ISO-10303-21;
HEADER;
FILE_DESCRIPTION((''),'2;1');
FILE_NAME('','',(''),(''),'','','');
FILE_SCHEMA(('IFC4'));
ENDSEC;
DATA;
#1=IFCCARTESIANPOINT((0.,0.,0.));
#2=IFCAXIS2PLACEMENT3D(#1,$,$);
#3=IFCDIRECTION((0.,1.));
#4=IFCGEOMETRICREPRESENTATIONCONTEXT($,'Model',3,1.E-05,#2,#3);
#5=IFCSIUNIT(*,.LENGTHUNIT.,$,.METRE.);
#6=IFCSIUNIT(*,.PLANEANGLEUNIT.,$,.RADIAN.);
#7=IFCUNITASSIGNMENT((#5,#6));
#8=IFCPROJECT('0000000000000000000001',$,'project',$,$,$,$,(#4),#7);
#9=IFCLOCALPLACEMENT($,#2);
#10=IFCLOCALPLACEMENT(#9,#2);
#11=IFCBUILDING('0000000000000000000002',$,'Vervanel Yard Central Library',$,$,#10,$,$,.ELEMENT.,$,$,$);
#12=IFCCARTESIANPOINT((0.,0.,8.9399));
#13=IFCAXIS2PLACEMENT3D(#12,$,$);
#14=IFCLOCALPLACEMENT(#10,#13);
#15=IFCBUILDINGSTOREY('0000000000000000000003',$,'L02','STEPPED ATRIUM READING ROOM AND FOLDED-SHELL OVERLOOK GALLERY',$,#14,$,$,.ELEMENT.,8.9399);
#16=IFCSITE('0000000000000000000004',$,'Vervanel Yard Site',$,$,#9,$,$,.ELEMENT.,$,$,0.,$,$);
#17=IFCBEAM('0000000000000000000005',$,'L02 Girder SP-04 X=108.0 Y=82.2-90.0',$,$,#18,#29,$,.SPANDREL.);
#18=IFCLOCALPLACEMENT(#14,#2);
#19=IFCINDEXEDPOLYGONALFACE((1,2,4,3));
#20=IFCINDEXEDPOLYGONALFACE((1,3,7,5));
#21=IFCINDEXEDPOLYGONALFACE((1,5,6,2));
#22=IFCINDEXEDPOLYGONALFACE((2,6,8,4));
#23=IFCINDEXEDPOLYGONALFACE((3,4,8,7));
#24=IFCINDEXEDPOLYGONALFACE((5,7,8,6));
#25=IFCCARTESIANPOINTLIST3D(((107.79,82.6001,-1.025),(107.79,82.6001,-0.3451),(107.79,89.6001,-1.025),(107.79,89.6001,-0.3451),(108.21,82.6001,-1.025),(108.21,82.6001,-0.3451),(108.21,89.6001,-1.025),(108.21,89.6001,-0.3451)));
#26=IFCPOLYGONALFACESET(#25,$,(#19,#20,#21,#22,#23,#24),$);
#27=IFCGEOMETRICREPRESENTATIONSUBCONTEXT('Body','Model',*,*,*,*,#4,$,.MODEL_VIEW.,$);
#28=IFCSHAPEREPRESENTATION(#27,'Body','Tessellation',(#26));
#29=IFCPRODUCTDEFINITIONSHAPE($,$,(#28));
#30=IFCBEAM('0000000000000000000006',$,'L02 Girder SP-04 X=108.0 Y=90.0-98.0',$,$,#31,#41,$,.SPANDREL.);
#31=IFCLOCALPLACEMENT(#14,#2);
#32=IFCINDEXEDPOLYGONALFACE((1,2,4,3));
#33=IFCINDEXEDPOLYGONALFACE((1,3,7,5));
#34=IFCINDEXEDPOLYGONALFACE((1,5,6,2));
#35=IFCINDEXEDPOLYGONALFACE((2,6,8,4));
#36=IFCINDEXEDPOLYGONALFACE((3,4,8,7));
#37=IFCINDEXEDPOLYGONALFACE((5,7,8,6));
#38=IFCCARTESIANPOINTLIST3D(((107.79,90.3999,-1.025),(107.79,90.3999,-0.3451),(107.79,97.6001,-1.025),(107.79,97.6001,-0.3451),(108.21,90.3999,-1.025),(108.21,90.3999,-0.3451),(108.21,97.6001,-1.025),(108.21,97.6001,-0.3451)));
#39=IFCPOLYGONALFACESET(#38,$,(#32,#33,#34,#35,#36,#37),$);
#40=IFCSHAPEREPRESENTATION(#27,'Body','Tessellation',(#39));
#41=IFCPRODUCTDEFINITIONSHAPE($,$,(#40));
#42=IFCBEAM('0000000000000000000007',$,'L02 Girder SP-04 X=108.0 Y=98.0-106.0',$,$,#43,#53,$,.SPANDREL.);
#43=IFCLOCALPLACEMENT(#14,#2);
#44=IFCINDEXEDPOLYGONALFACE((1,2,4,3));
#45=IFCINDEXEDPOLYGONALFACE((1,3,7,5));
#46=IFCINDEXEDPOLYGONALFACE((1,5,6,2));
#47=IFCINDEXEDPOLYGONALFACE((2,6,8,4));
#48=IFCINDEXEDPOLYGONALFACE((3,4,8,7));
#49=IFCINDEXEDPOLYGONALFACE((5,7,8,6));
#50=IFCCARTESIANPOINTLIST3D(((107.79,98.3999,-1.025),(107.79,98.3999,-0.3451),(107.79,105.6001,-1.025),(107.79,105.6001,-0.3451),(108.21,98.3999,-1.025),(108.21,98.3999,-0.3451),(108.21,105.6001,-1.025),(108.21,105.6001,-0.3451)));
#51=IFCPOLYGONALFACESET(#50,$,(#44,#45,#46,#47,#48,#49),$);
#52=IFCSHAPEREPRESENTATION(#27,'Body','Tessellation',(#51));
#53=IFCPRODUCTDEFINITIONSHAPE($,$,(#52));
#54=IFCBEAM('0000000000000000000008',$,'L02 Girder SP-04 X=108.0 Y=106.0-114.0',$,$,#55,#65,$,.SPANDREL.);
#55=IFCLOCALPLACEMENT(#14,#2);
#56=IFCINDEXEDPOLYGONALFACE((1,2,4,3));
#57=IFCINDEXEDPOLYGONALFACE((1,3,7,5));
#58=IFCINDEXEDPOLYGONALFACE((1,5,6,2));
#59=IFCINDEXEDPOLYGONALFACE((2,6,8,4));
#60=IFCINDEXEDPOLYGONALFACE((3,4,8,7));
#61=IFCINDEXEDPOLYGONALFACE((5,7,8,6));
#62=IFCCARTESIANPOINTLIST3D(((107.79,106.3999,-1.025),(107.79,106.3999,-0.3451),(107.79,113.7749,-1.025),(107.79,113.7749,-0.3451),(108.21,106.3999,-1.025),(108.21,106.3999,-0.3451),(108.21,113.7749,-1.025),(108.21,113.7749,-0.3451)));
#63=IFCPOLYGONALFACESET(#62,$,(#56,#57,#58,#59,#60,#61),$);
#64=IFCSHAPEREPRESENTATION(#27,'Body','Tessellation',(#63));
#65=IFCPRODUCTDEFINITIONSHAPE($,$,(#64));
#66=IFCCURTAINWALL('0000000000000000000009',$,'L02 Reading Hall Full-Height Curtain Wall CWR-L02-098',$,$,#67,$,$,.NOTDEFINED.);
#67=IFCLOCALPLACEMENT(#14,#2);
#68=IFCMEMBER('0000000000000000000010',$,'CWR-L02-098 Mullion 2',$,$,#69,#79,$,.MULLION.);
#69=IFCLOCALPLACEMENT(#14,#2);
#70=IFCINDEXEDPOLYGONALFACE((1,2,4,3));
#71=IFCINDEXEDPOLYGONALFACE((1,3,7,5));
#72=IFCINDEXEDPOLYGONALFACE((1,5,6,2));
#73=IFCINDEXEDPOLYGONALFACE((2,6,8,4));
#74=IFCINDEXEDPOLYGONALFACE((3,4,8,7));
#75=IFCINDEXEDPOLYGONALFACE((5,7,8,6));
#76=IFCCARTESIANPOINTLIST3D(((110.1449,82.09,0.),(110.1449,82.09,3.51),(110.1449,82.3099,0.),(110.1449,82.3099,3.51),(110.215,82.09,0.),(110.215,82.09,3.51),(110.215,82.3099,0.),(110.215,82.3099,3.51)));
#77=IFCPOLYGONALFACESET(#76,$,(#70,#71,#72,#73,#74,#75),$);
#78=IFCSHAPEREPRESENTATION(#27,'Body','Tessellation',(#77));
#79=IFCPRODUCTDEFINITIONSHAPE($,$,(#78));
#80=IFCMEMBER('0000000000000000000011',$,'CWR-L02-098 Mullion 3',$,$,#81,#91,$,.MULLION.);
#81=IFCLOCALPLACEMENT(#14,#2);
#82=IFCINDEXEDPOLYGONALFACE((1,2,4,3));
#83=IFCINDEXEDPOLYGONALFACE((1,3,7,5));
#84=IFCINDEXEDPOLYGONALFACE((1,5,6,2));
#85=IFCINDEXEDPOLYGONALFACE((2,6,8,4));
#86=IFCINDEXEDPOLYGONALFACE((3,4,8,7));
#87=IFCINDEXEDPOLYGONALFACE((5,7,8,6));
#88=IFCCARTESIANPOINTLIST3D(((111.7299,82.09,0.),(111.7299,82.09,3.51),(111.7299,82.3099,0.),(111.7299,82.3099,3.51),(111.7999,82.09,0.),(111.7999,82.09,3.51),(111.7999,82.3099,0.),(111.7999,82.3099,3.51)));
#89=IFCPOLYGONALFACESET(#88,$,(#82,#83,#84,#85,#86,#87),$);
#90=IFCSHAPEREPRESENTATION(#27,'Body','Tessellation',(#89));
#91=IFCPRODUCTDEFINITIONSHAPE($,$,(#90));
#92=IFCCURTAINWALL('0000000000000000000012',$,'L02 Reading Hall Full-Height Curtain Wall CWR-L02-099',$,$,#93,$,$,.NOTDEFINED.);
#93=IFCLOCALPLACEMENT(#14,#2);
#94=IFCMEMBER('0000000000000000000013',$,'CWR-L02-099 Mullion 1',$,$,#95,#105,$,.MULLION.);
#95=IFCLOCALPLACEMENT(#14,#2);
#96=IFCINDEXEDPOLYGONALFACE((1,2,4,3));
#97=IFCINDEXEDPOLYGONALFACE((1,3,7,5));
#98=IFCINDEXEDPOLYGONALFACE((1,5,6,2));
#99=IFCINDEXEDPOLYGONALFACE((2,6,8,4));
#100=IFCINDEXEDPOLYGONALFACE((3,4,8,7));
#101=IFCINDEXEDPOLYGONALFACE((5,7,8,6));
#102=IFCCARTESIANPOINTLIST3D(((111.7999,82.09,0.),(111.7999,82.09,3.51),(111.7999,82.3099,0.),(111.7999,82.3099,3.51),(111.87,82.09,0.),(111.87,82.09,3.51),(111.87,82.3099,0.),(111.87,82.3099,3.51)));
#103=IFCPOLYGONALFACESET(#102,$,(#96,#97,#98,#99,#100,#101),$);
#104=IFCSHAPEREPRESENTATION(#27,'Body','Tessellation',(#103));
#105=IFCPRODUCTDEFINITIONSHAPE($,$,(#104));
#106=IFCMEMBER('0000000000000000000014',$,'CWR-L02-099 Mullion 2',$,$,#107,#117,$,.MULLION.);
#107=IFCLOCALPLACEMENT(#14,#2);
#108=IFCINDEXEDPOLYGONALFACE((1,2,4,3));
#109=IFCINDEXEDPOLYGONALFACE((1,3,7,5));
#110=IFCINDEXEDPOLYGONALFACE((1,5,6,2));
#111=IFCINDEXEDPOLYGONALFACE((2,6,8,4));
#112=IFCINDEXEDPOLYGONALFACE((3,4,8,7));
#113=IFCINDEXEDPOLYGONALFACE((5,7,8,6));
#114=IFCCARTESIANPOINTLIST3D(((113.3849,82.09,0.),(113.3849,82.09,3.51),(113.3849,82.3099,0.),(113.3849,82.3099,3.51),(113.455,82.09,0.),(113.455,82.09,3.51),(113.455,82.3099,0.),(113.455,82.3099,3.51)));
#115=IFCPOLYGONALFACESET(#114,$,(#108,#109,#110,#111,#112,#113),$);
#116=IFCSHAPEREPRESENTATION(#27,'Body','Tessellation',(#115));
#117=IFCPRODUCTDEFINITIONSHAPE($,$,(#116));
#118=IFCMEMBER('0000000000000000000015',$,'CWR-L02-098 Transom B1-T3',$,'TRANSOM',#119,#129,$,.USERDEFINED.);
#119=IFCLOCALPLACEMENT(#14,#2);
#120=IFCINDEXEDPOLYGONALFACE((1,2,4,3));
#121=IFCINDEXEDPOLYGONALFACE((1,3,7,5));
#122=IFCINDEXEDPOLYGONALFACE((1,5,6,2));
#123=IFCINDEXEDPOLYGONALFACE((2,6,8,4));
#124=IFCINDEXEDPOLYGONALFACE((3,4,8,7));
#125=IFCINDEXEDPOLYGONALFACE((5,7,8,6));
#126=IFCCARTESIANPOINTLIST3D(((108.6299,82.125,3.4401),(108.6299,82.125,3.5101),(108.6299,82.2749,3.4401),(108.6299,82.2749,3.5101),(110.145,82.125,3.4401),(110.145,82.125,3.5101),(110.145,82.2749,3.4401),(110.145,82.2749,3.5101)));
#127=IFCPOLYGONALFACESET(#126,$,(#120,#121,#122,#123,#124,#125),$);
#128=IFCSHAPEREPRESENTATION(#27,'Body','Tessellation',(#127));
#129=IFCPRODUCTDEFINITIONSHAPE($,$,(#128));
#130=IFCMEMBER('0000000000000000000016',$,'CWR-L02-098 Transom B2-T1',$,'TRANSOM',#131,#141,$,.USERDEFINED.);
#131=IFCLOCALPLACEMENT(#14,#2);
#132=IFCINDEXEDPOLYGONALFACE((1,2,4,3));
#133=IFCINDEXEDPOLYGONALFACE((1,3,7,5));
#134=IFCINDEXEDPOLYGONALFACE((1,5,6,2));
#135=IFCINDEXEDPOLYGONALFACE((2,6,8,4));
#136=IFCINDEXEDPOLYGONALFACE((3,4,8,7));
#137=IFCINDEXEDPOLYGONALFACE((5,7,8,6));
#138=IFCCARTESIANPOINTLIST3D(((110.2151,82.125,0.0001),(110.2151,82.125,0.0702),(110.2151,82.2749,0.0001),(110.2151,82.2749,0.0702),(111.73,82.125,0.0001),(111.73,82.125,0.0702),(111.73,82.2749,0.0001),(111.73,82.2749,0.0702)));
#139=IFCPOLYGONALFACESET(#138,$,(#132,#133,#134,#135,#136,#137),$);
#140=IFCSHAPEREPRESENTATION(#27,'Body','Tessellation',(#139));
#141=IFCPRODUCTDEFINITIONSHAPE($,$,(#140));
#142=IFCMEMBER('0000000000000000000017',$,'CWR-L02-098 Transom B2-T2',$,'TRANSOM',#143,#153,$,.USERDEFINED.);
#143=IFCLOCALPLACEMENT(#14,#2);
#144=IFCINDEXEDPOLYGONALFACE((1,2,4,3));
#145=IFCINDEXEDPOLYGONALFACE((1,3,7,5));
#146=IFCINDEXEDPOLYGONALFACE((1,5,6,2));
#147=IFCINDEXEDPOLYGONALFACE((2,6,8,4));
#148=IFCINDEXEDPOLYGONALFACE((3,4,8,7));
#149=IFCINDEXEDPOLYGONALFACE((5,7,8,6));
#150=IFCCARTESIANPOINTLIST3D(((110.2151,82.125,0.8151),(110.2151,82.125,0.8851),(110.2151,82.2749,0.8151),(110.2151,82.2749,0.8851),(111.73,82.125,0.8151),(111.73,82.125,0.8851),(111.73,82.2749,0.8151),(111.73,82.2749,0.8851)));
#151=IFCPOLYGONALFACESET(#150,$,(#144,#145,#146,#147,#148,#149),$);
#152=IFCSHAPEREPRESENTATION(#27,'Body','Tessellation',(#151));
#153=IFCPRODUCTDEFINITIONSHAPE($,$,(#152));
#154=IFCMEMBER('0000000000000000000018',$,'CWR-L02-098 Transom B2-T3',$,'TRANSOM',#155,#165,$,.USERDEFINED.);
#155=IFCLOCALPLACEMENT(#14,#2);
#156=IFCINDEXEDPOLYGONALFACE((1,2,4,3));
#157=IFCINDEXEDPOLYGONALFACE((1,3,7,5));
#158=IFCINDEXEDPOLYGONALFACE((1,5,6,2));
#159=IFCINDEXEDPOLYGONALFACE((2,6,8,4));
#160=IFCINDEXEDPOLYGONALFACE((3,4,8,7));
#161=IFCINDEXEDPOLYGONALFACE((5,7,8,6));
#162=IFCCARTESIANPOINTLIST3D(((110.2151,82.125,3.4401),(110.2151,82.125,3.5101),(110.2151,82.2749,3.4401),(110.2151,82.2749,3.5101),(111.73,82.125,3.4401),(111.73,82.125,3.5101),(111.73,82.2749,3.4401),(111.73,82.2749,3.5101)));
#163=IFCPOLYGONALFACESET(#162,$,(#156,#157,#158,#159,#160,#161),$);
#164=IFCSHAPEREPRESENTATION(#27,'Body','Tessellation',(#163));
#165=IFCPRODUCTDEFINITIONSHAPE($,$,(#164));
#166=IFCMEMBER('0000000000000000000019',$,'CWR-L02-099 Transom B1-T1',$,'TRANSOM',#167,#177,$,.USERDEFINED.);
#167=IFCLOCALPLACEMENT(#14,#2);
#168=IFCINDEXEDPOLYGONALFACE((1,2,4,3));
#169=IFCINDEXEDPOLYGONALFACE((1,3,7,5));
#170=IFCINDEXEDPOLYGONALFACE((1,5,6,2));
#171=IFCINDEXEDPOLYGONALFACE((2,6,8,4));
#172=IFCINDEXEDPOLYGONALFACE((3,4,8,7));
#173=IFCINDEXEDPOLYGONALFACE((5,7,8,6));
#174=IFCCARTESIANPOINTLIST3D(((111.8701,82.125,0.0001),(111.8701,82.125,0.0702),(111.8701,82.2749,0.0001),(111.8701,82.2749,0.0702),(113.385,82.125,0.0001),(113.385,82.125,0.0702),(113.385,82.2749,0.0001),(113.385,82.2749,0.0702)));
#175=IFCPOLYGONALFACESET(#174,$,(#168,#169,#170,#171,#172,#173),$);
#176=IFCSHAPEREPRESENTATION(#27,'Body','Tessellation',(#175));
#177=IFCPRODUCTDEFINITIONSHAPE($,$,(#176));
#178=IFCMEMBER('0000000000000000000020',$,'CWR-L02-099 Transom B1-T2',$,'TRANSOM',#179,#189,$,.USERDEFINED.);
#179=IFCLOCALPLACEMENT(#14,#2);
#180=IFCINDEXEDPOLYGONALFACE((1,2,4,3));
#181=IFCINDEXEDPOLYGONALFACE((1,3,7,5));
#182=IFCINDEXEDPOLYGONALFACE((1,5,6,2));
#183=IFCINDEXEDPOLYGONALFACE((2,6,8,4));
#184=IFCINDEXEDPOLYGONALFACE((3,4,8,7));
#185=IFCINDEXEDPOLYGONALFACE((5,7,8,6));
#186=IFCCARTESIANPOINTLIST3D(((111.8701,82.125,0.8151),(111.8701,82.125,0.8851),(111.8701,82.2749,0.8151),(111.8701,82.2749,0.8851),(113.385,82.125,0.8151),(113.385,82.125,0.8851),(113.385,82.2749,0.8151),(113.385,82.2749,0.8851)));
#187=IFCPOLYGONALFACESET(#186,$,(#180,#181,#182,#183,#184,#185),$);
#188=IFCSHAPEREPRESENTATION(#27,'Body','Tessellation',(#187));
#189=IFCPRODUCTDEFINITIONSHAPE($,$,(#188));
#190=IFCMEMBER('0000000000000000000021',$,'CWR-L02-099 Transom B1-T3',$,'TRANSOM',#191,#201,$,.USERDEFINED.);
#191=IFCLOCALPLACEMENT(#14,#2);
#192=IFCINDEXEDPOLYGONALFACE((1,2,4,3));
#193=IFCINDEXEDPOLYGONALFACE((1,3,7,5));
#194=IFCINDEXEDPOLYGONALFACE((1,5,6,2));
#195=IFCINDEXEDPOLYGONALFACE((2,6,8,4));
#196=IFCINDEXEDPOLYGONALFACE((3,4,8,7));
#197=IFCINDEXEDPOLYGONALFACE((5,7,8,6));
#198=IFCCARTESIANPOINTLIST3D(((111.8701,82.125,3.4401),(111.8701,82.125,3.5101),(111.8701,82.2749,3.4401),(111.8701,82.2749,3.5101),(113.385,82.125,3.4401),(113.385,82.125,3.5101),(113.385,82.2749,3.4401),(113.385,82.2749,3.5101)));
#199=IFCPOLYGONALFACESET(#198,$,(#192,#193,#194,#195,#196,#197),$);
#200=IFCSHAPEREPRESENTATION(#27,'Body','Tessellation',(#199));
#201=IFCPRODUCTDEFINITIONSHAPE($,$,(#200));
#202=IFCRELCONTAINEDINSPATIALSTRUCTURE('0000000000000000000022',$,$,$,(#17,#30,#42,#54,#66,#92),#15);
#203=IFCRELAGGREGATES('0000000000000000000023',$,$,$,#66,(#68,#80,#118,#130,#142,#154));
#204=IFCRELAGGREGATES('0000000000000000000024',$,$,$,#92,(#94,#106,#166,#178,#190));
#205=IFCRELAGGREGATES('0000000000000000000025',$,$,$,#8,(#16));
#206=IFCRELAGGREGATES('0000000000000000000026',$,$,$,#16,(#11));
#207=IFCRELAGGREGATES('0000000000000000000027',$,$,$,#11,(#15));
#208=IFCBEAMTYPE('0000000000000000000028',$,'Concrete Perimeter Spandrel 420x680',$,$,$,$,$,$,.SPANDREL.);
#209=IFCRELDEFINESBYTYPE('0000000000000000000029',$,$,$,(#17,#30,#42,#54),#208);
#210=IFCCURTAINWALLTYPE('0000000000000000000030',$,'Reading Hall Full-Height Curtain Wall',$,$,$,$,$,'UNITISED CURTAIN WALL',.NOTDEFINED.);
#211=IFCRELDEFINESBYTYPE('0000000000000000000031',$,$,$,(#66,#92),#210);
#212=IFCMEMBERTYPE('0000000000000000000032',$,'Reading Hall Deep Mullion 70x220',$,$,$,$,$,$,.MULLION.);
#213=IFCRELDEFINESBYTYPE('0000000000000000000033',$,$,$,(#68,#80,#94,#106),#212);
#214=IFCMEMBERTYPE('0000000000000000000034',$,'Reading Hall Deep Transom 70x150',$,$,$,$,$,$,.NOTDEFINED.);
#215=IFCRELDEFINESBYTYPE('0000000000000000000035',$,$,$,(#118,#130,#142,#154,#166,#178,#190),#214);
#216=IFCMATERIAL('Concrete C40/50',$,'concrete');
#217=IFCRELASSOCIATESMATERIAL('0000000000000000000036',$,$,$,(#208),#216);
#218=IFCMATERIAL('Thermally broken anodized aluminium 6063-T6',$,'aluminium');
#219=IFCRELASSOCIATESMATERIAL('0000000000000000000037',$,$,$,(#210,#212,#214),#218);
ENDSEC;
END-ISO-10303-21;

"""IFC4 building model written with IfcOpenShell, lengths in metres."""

from ifc_helpers import new_model, si_unit, direction, frame, origin, origin_2d, place, context, subcontext, project, spatial, rectangle, extrude, material, material_profile, profile_set, type_object, element, aggregate, save


model = new_model("IFC4")

# Units and contexts
model_context = context("Model", 3, precision=1e-05, world=origin(), true_north=direction((0.0, 1.0)))
body_context = subcontext(model_context, "Body", "Model", "MODEL_VIEW")
ifc_project = project(units=[si_unit("LENGTHUNIT", "METRE"), si_unit("PLANEANGLEUNIT", "RADIAN")], contexts=[model_context])

# Site, building, storey
site_placement = place(None, origin())
site = spatial("IfcSite", under=ifc_project, at=site_placement, Name="Vervanel Yard Site", CompositionType="ELEMENT", RefElevation=0.0)
building_placement = place(site_placement, origin())
building = spatial("IfcBuilding", under=site, at=building_placement, Name="Vervanel Yard Central Library", CompositionType="ELEMENT")
storey_placement = place(building_placement, frame((0.0, 0.0, 8.9399)))
storey = spatial("IfcBuildingStorey", under=building, at=storey_placement, Name="L02", Description="STEPPED ATRIUM READING ROOM AND FOLDED-SHELL OVERLOOK GALLERY", CompositionType="ELEMENT", Elevation=8.9399)

# Beams
ifc_material_1 = material(Name="Concrete C40/50", Category="concrete")
ifc_material_profile_1 = material_profile(ifc_material_1, rectangle(XDim=0.4199, YDim=0.6799, at=origin_2d()), Name="RC 420x680", Category="concrete")
ifc_profile_set_1 = profile_set([ifc_material_profile_1], Name="Concrete C40/50")
beam_type = type_object("IfcBeamType", Name="Concrete Perimeter Spandrel 420x680", PredefinedType="SPANDREL", material=ifc_profile_set_1)
beam_1_placement = place(storey_placement, frame((108.0, 82.6001, -0.6851), z_axis=(0.0, 1.0, 0.0), x_axis=(-1.0, 0.0, 0.0)))
element("IfcBeam", 1, at=beam_1_placement, inside=storey, type_object=beam_type, Name="L02 Girder SP-04 X=108.0 Y=82.2-90.0", PredefinedType="SPANDREL", context=body_context, shape_type="SweptSolid", body=[
    extrude(rectangle(XDim=0.4199, YDim=0.6799, at=origin_2d()), origin(), (0.0, 0.0, 1.0), 7.0),
])
for number, where, z_axis, x_axis, name in (
    (2, (108.0, 90.3999, -0.6851), (0.0, 1.0, 0.0), (-1.0, 0.0, 0.0), "L02 Girder SP-04 X=108.0 Y=90.0-98.0"),
    (3, (108.0, 98.3999, -0.6851), (0.0, 1.0, 0.0), (-1.0, 0.0, 0.0), "L02 Girder SP-04 X=108.0 Y=98.0-106.0"),
):
    element("IfcBeam", number, at=place(storey_placement, frame(where, z_axis=z_axis, x_axis=x_axis)), inside=storey, type_object=beam_type, Name=name, PredefinedType="SPANDREL", context=body_context, shape_type="SweptSolid", body=[
        extrude(rectangle(XDim=0.4199, YDim=0.6799, at=origin_2d()), origin(), (0.0, 0.0, 1.0), 7.2002),
    ])
beam_2_placement = place(storey_placement, frame((108.0, 106.3999, -0.6851), z_axis=(0.0, 1.0, 0.0), x_axis=(-1.0, 0.0, 0.0)))
element("IfcBeam", 4, at=beam_2_placement, inside=storey, type_object=beam_type, Name="L02 Girder SP-04 X=108.0 Y=106.0-114.0", PredefinedType="SPANDREL", context=body_context, shape_type="SweptSolid", body=[
    extrude(rectangle(XDim=0.4199, YDim=0.6799, at=origin_2d()), origin(), (0.0, 0.0, 1.0), 7.375),
])

# Curtain walls, members
ifc_material_2 = material(Name="Thermally broken anodized aluminium 6063-T6", Category="aluminium")
curtain_wall_type = type_object("IfcCurtainWallType", Name="Reading Hall Full-Height Curtain Wall", ElementType="UNITISED CURTAIN WALL", PredefinedType="NOTDEFINED", material=ifc_material_2)
curtain_wall_1_placement = place(storey_placement, origin())
curtain_wall_1 = element("IfcCurtainWall", 5, at=curtain_wall_1_placement, inside=storey, type_object=curtain_wall_type, Name="L02 Reading Hall Full-Height Curtain Wall CWR-L02-098", PredefinedType="NOTDEFINED")
ifc_material_profile_2 = material_profile(ifc_material_2, rectangle(XDim=0.0701, YDim=0.22, at=origin_2d()), Name="ALU 70x220", Category="aluminium")
ifc_profile_set_2 = profile_set([ifc_material_profile_2], Name="Thermally broken anodized aluminium 6063-T6")
member_type_1 = type_object("IfcMemberType", Name="Reading Hall Deep Mullion 70x220", PredefinedType="MULLION", material=ifc_profile_set_2)
member_1_placement = place(storey_placement, frame((110.1799, 82.2, 0.0), z_axis=(0.0, 0.0, 1.0), x_axis=(1.0, 0.0, 0.0)))
member_1 = element("IfcMember", 6, at=member_1_placement, type_object=member_type_1, Name="CWR-L02-098 Mullion 2", PredefinedType="MULLION", context=body_context, shape_type="SweptSolid", body=[
    extrude(rectangle(XDim=0.0701, YDim=0.22, at=origin_2d()), origin(), (0.0, 0.0, 1.0), 3.51),
])
member_2_placement = place(storey_placement, frame((111.7649, 82.2, 0.0), z_axis=(0.0, 0.0, 1.0), x_axis=(1.0, 0.0, 0.0)))
member_2 = element("IfcMember", 7, at=member_2_placement, type_object=member_type_1, Name="CWR-L02-098 Mullion 3", PredefinedType="MULLION", context=body_context, shape_type="SweptSolid", body=[
    extrude(rectangle(XDim=0.0701, YDim=0.22, at=origin_2d()), origin(), (0.0, 0.0, 1.0), 3.51),
])
curtain_wall_2_placement = place(storey_placement, origin())
curtain_wall_2 = element("IfcCurtainWall", 8, at=curtain_wall_2_placement, inside=storey, type_object=curtain_wall_type, Name="L02 Reading Hall Full-Height Curtain Wall CWR-L02-099", PredefinedType="NOTDEFINED")
member_3_placement = place(storey_placement, frame((111.835, 82.2, 0.0), z_axis=(0.0, 0.0, 1.0), x_axis=(1.0, 0.0, 0.0)))
member_3 = element("IfcMember", 9, at=member_3_placement, type_object=member_type_1, Name="CWR-L02-099 Mullion 1", PredefinedType="MULLION", context=body_context, shape_type="SweptSolid", body=[
    extrude(rectangle(XDim=0.0701, YDim=0.22, at=origin_2d()), origin(), (0.0, 0.0, 1.0), 3.51),
])
member_4_placement = place(storey_placement, frame((113.4199, 82.2, 0.0), z_axis=(0.0, 0.0, 1.0), x_axis=(1.0, 0.0, 0.0)))
member_4 = element("IfcMember", 10, at=member_4_placement, type_object=member_type_1, Name="CWR-L02-099 Mullion 2", PredefinedType="MULLION", context=body_context, shape_type="SweptSolid", body=[
    extrude(rectangle(XDim=0.0701, YDim=0.22, at=origin_2d()), origin(), (0.0, 0.0, 1.0), 3.51),
])

# Members
ifc_material_profile_3 = material_profile(ifc_material_2, rectangle(XDim=0.0701, YDim=0.1499, at=origin_2d()), Name="ALU 70x150", Category="aluminium")
ifc_profile_set_3 = profile_set([ifc_material_profile_3], Name="Thermally broken anodized aluminium 6063-T6")
member_type_2 = type_object("IfcMemberType", Name="Reading Hall Deep Transom 70x150", PredefinedType="NOTDEFINED", material=ifc_profile_set_3)
member_5_placement = place(storey_placement, frame((108.6299, 82.2, 3.4751), z_axis=(1.0, 0.0, 0.0), x_axis=(0.0, 0.0, 1.0)))
member_5 = element("IfcMember", 11, at=member_5_placement, type_object=member_type_2, Name="CWR-L02-098 Transom B1-T3", ObjectType="TRANSOM", PredefinedType="USERDEFINED", context=body_context, shape_type="SweptSolid", body=[
    extrude(rectangle(XDim=0.0701, YDim=0.1499, at=origin_2d()), origin(), (0.0, 0.0, 1.0), 1.5151),
])
member_6_placement = place(storey_placement, frame((110.2151, 82.2, 0.0352), z_axis=(1.0, 0.0, 0.0), x_axis=(0.0, 0.0, 1.0)))
member_6 = element("IfcMember", 12, at=member_6_placement, type_object=member_type_2, Name="CWR-L02-098 Transom B2-T1", ObjectType="TRANSOM", PredefinedType="USERDEFINED", context=body_context, shape_type="SweptSolid", body=[
    extrude(rectangle(XDim=0.0701, YDim=0.1499, at=origin_2d()), origin(), (0.0, 0.0, 1.0), 1.5149),
])
member_7_placement = place(storey_placement, frame((110.2151, 82.2, 0.8501), z_axis=(1.0, 0.0, 0.0), x_axis=(0.0, 0.0, 1.0)))
member_7 = element("IfcMember", 13, at=member_7_placement, type_object=member_type_2, Name="CWR-L02-098 Transom B2-T2", ObjectType="TRANSOM", PredefinedType="USERDEFINED", context=body_context, shape_type="SweptSolid", body=[
    extrude(rectangle(XDim=0.0701, YDim=0.1499, at=origin_2d()), origin(), (0.0, 0.0, 1.0), 1.5149),
])
member_8_placement = place(storey_placement, frame((110.2151, 82.2, 3.4751), z_axis=(1.0, 0.0, 0.0), x_axis=(0.0, 0.0, 1.0)))
member_8 = element("IfcMember", 14, at=member_8_placement, type_object=member_type_2, Name="CWR-L02-098 Transom B2-T3", ObjectType="TRANSOM", PredefinedType="USERDEFINED", context=body_context, shape_type="SweptSolid", body=[
    extrude(rectangle(XDim=0.0701, YDim=0.1499, at=origin_2d()), origin(), (0.0, 0.0, 1.0), 1.5149),
])
member_9_placement = place(storey_placement, frame((111.8701, 82.2, 0.0352), z_axis=(1.0, 0.0, 0.0), x_axis=(0.0, 0.0, 1.0)))
member_9 = element("IfcMember", 15, at=member_9_placement, type_object=member_type_2, Name="CWR-L02-099 Transom B1-T1", ObjectType="TRANSOM", PredefinedType="USERDEFINED", context=body_context, shape_type="SweptSolid", body=[
    extrude(rectangle(XDim=0.0701, YDim=0.1499, at=origin_2d()), origin(), (0.0, 0.0, 1.0), 1.5149),
])
member_10_placement = place(storey_placement, frame((111.8701, 82.2, 0.8501), z_axis=(1.0, 0.0, 0.0), x_axis=(0.0, 0.0, 1.0)))
member_10 = element("IfcMember", 16, at=member_10_placement, type_object=member_type_2, Name="CWR-L02-099 Transom B1-T2", ObjectType="TRANSOM", PredefinedType="USERDEFINED", context=body_context, shape_type="SweptSolid", body=[
    extrude(rectangle(XDim=0.0701, YDim=0.1499, at=origin_2d()), origin(), (0.0, 0.0, 1.0), 1.5149),
])
member_11_placement = place(storey_placement, frame((111.8701, 82.2, 3.4751), z_axis=(1.0, 0.0, 0.0), x_axis=(0.0, 0.0, 1.0)))
member_11 = element("IfcMember", 17, at=member_11_placement, type_object=member_type_2, Name="CWR-L02-099 Transom B1-T3", ObjectType="TRANSOM", PredefinedType="USERDEFINED", context=body_context, shape_type="SweptSolid", body=[
    extrude(rectangle(XDim=0.0701, YDim=0.1499, at=origin_2d()), origin(), (0.0, 0.0, 1.0), 1.5149),
])

aggregate(curtain_wall_1, [member_1, member_2, member_5, member_6, member_7, member_8])
aggregate(curtain_wall_2, [member_3, member_4, member_9, member_10, member_11])

save(model, "model.ifc")
